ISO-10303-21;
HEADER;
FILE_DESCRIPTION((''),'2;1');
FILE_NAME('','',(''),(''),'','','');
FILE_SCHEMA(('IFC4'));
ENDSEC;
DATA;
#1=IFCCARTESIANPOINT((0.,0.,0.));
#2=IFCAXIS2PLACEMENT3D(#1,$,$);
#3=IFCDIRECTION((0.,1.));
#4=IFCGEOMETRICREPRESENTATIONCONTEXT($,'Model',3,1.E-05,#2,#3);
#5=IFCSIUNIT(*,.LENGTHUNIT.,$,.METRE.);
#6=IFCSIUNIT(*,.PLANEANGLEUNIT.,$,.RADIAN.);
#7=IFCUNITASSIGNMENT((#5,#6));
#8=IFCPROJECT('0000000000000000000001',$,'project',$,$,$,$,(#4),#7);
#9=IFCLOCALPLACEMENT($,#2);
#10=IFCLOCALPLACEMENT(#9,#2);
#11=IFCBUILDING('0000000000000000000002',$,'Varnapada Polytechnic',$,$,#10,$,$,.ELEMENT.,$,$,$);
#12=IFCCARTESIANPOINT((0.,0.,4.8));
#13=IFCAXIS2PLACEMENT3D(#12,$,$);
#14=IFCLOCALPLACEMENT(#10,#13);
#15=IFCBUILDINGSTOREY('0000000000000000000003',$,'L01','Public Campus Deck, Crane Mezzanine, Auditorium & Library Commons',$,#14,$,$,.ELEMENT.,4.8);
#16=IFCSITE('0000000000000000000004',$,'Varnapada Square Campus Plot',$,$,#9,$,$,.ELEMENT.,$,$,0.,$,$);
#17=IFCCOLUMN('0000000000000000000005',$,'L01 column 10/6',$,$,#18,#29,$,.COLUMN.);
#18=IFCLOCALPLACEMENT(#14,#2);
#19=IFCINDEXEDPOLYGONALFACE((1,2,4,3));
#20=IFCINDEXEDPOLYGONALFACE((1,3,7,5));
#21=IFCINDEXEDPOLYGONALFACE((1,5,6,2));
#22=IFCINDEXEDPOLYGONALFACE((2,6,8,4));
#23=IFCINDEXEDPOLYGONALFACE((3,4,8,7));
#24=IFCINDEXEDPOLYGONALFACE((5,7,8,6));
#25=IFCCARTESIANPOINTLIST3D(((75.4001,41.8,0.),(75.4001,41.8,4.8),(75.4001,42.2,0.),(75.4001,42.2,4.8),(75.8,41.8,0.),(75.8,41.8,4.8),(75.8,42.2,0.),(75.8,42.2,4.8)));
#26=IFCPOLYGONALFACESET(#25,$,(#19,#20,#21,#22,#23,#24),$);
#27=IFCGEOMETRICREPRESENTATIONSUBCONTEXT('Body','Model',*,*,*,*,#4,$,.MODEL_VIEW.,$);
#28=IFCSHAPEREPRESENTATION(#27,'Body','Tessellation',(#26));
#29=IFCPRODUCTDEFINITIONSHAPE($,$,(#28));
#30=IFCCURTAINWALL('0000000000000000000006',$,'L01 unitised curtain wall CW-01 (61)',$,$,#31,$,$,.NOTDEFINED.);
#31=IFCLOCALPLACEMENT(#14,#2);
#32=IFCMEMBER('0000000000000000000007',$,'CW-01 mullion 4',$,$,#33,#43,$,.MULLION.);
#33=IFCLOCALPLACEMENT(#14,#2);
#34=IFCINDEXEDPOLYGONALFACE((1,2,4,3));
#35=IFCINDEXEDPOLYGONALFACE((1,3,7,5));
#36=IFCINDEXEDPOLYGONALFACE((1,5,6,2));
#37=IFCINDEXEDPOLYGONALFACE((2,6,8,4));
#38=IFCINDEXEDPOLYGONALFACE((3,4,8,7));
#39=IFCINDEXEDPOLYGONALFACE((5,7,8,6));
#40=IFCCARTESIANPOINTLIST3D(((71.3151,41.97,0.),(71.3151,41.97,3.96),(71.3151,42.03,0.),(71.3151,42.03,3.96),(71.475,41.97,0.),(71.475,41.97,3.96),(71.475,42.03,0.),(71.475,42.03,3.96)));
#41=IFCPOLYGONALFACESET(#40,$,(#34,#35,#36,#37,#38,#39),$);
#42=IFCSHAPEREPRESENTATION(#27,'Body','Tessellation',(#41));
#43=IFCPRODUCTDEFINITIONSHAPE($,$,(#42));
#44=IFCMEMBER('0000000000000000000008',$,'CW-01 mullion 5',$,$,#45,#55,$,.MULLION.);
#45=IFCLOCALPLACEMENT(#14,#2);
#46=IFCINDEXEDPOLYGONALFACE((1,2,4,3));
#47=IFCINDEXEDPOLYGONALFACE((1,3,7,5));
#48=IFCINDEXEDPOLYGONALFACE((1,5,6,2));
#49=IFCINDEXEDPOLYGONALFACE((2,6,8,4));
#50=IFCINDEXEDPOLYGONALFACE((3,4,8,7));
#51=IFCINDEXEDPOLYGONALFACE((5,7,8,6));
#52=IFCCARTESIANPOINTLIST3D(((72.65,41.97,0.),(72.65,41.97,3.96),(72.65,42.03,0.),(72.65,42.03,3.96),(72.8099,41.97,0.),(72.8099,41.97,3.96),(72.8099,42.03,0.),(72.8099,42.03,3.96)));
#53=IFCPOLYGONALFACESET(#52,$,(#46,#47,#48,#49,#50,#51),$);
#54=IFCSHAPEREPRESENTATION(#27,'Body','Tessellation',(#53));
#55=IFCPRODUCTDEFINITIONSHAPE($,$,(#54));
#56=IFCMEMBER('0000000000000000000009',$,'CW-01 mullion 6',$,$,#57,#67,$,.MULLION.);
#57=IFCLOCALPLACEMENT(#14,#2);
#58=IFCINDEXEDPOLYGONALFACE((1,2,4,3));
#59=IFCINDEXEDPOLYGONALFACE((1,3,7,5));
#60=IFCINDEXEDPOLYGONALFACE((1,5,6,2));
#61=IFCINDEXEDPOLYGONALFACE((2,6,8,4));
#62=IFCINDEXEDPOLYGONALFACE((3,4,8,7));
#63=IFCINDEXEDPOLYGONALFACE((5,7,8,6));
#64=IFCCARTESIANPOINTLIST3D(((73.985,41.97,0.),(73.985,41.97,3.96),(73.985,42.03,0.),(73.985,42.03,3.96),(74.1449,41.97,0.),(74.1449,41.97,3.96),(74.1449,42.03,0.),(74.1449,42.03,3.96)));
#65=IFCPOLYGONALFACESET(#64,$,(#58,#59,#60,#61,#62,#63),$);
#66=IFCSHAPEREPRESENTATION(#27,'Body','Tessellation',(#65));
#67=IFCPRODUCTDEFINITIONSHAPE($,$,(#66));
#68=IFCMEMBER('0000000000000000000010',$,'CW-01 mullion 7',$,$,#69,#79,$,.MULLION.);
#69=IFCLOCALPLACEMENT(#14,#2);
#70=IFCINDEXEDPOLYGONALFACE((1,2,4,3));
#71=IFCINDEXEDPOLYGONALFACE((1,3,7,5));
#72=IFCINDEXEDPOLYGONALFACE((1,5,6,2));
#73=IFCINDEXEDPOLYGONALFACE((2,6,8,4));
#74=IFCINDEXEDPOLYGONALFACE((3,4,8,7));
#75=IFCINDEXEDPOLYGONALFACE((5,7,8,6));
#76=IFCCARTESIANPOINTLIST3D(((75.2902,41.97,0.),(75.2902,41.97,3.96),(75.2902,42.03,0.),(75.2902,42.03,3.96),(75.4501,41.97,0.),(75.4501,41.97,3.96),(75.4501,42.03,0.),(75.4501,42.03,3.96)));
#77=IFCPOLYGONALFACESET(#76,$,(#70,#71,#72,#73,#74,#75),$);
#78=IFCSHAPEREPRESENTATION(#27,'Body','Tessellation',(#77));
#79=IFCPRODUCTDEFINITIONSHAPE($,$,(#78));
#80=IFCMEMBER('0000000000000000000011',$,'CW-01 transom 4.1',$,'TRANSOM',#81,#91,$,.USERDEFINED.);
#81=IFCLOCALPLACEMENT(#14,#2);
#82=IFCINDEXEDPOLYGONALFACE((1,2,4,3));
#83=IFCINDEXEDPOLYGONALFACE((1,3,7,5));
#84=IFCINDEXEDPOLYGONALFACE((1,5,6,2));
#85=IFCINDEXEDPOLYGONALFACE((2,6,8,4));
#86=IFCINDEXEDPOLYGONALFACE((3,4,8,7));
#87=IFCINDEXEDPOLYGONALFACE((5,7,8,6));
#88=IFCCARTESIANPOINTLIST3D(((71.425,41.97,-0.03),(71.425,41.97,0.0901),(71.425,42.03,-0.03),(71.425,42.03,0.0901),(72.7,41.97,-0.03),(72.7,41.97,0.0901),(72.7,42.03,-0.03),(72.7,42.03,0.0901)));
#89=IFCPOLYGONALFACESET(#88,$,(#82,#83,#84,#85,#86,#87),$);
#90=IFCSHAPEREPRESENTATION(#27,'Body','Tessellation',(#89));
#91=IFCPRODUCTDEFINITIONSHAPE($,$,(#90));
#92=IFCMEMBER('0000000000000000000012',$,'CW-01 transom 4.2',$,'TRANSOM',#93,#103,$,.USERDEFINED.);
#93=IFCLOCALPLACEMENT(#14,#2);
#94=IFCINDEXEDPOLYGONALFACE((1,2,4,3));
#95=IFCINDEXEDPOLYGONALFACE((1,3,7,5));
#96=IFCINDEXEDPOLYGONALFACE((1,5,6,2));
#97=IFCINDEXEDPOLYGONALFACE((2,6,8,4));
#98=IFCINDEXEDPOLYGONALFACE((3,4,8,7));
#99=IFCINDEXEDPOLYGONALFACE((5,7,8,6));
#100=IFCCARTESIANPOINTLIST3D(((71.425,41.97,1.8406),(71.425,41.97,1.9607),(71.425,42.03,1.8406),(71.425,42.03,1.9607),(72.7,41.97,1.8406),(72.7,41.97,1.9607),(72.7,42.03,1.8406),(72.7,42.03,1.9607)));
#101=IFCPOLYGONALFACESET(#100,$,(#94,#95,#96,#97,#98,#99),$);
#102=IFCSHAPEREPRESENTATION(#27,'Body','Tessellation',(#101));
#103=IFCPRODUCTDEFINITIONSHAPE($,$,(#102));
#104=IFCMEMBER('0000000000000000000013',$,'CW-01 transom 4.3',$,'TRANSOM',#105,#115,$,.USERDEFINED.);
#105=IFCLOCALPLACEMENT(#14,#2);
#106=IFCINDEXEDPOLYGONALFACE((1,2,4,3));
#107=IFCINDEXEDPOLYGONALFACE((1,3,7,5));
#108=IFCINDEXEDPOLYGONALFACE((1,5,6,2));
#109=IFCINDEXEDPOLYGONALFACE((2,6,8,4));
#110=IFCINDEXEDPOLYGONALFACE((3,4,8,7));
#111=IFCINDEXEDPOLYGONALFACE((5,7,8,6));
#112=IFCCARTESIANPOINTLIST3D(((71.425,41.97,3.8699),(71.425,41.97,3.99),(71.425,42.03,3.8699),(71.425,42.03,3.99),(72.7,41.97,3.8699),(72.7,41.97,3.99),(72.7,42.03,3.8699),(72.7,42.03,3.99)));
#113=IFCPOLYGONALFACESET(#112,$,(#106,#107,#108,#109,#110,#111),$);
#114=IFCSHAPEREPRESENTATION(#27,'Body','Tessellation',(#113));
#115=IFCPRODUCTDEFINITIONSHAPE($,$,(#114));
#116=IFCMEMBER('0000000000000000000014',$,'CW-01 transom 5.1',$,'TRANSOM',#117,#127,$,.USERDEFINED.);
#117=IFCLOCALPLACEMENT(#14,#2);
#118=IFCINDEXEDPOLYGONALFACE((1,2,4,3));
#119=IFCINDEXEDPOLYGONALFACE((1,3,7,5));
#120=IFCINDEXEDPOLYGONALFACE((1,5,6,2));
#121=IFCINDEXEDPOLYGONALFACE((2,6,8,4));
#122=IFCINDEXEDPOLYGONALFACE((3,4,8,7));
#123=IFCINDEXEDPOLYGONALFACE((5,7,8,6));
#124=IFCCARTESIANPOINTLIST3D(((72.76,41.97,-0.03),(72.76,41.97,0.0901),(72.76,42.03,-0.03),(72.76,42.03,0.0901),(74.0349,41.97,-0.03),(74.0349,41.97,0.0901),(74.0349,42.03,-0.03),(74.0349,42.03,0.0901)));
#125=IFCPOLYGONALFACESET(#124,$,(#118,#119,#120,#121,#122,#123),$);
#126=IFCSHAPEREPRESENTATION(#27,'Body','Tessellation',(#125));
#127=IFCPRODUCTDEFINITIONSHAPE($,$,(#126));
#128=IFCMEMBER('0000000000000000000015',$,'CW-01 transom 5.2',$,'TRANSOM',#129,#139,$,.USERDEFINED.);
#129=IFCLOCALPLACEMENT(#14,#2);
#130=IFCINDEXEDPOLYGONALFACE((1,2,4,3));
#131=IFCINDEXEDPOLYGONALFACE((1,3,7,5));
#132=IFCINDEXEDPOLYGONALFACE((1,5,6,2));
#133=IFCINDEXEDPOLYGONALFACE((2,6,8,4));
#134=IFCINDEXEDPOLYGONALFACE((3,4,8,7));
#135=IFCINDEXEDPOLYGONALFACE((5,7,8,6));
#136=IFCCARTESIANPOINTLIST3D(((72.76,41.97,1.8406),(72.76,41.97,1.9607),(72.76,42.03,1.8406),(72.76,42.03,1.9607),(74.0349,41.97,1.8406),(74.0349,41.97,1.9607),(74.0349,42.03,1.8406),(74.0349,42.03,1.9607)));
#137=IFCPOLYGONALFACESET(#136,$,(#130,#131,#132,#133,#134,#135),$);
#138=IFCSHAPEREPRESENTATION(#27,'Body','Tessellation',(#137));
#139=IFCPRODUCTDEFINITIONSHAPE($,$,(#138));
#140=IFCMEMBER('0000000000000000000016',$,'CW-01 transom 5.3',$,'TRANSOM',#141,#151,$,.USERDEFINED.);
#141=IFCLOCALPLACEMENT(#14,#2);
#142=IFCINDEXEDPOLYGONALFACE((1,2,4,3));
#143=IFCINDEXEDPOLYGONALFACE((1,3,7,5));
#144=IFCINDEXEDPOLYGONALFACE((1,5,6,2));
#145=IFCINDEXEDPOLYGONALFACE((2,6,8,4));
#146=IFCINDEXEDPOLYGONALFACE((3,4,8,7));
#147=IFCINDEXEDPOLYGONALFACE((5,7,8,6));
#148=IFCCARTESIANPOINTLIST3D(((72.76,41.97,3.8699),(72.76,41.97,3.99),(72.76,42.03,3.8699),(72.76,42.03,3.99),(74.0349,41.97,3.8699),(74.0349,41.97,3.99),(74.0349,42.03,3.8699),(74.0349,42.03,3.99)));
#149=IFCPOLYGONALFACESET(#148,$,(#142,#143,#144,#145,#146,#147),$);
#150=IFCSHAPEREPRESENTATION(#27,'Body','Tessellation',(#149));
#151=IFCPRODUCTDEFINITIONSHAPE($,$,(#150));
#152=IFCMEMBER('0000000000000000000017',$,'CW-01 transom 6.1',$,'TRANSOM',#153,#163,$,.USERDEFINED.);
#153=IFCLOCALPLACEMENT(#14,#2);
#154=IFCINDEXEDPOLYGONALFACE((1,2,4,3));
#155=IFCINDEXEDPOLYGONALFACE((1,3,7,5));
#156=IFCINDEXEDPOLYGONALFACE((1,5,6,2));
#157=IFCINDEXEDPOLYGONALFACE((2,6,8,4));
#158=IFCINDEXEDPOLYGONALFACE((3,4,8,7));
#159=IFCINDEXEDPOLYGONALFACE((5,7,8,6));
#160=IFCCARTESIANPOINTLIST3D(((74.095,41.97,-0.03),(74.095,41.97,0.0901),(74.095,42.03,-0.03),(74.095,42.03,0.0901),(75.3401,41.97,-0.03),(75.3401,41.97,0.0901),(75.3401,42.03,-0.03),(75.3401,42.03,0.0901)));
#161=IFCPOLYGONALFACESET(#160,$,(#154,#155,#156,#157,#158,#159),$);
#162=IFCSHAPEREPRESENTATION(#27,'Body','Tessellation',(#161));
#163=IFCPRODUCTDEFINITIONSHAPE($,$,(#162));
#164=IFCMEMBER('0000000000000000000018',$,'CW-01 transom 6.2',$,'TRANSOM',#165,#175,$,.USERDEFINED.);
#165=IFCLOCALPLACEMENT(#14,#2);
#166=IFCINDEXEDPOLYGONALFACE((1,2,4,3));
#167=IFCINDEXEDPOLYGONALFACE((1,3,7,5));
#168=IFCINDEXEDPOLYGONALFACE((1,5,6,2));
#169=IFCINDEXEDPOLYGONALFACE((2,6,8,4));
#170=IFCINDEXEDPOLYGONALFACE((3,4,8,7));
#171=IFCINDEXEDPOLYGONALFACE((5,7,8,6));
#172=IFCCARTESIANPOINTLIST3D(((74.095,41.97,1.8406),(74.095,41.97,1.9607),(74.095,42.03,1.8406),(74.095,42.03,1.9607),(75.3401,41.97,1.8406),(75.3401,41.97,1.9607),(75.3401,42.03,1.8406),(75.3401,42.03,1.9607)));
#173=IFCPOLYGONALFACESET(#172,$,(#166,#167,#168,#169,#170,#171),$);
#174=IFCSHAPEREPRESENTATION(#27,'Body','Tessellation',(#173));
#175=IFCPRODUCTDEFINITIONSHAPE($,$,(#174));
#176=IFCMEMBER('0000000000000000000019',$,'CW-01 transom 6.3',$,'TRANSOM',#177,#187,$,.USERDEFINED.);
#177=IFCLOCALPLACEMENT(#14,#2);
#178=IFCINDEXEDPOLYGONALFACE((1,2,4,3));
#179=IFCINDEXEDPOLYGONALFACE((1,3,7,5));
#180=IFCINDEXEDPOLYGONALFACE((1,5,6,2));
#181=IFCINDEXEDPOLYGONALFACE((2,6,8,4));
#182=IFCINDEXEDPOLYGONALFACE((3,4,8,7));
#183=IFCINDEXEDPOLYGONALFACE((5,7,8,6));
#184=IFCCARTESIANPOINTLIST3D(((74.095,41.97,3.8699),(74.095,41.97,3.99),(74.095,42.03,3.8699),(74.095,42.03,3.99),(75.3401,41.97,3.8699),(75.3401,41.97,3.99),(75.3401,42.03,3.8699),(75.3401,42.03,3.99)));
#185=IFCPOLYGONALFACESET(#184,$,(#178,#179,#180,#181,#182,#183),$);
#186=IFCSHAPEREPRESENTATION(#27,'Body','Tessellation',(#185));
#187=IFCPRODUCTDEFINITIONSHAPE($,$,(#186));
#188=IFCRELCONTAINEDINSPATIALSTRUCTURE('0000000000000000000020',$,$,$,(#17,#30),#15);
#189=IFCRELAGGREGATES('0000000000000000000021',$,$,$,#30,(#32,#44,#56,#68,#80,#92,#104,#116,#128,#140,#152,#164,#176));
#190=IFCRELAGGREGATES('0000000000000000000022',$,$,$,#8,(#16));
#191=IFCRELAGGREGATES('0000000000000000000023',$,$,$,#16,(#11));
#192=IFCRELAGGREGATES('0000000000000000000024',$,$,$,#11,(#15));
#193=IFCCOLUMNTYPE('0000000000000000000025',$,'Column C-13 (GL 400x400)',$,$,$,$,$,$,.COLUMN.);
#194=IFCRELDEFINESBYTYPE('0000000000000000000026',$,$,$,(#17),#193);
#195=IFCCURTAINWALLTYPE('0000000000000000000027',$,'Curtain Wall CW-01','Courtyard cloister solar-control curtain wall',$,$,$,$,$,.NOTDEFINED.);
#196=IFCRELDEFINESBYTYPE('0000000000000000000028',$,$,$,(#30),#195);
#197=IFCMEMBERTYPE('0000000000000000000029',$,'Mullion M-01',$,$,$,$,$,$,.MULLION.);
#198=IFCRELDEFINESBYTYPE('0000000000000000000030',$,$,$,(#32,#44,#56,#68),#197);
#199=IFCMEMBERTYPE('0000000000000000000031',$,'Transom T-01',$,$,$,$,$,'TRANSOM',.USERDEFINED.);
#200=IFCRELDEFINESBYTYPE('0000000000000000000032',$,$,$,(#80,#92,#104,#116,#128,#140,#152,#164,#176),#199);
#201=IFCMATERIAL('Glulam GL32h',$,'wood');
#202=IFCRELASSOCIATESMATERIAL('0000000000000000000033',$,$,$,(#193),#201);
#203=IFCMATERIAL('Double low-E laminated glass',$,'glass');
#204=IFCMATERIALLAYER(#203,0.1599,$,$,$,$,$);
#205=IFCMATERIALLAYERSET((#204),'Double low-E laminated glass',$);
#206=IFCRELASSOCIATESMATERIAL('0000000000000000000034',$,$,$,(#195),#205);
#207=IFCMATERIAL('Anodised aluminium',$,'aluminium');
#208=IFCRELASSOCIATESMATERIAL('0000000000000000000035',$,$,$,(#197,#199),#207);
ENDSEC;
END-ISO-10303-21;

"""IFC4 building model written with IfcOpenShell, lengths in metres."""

from ifc_helpers import new_model, si_unit, direction, frame, origin, origin_2d, place, context, subcontext, project, spatial, rectangle, extrude, material, layer, layer_set, material_profile, profile_set, type_object, element, aggregate, save


model = new_model("IFC4")

# Units and contexts
model_context = context("Model", 3, precision=1e-05, world=origin(), true_north=direction((0.0, 1.0)))
body_context = subcontext(model_context, "Body", "Model", "MODEL_VIEW")
ifc_project = project(units=[si_unit("LENGTHUNIT", "METRE"), si_unit("PLANEANGLEUNIT", "RADIAN")], contexts=[model_context])

# Site, building, storey
site_placement = place(None, origin())
site = spatial("IfcSite", under=ifc_project, at=site_placement, Name="Varnapada Square Campus Plot", CompositionType="ELEMENT", RefElevation=0.0)
building_placement = place(site_placement, origin())
building = spatial("IfcBuilding", under=site, at=building_placement, Name="Varnapada Polytechnic", CompositionType="ELEMENT")
storey_placement = place(building_placement, frame((0.0, 0.0, 4.8)))
storey = spatial("IfcBuildingStorey", under=building, at=storey_placement, Name="L01", Description="Public Campus Deck, Crane Mezzanine, Auditorium & Library Commons", CompositionType="ELEMENT", Elevation=4.8)

# Column
ifc_material_1 = material(Name="Glulam GL32h", Category="wood")
ifc_material_profile_1 = material_profile(ifc_material_1, rectangle(XDim=0.3999, YDim=0.3999, at=origin_2d()), Name="GL 400x400")
ifc_profile_set_1 = profile_set([ifc_material_profile_1], Name="Glulam GL32h")
column_type = type_object("IfcColumnType", Name="Column C-13 (GL 400x400)", PredefinedType="COLUMN", material=ifc_profile_set_1)
column_placement = place(storey_placement, frame((75.6001, 42.0, 0.0), z_axis=(0.0, 0.0, 1.0), x_axis=(1.0, 0.0, 0.0)))
element("IfcColumn", 1, at=column_placement, inside=storey, type_object=column_type, Name="L01 column 10/6", PredefinedType="COLUMN", context=body_context, shape_type="SweptSolid", body=[
    extrude(rectangle(XDim=0.3999, YDim=0.3999, at=origin_2d()), origin(), (0.0, 0.0, 1.0), 4.8),
])

# Curtain wall, members
ifc_material_2 = material(Name="Double low-E laminated glass", Category="glass")
ifc_layer_1 = layer(ifc_material_2, 0.1599)
ifc_layer_set_1 = layer_set([ifc_layer_1], Name="Double low-E laminated glass")
curtain_wall_type = type_object("IfcCurtainWallType", Name="Curtain Wall CW-01", Description="Courtyard cloister solar-control curtain wall", PredefinedType="NOTDEFINED", material=ifc_layer_set_1)
curtain_wall_placement = place(storey_placement, origin())
curtain_wall = element("IfcCurtainWall", 2, at=curtain_wall_placement, inside=storey, type_object=curtain_wall_type, Name="L01 unitised curtain wall CW-01 (61)", PredefinedType="NOTDEFINED")
ifc_material_3 = material(Name="Anodised aluminium", Category="aluminium")
ifc_material_profile_2 = material_profile(ifc_material_3, rectangle(XDim=0.0601, YDim=0.1599, at=origin_2d()), Name="ALU M60x160")
ifc_profile_set_2 = profile_set([ifc_material_profile_2], Name="Anodised aluminium")
member_type_1 = type_object("IfcMemberType", Name="Mullion M-01", PredefinedType="MULLION", material=ifc_profile_set_2)
member_1_placement = place(storey_placement, frame((71.395, 42.0, 0.0), z_axis=(0.0, 0.0, 1.0), x_axis=(0.0, 1.0, 0.0)))
member_1 = element("IfcMember", 3, at=member_1_placement, type_object=member_type_1, Name="CW-01 mullion 4", PredefinedType="MULLION", context=body_context, shape_type="SweptSolid", body=[
    extrude(rectangle(XDim=0.0601, YDim=0.1599, at=origin_2d()), origin(), (0.0, 0.0, 1.0), 3.96),
])
member_2_placement = place(storey_placement, frame((72.73, 42.0, 0.0), z_axis=(0.0, 0.0, 1.0), x_axis=(0.0, 1.0, 0.0)))
member_2 = element("IfcMember", 4, at=member_2_placement, type_object=member_type_1, Name="CW-01 mullion 5", PredefinedType="MULLION", context=body_context, shape_type="SweptSolid", body=[
    extrude(rectangle(XDim=0.0601, YDim=0.1599, at=origin_2d()), origin(), (0.0, 0.0, 1.0), 3.96),
])
member_3_placement = place(storey_placement, frame((74.0649, 42.0, 0.0), z_axis=(0.0, 0.0, 1.0), x_axis=(0.0, 1.0, 0.0)))
member_3 = element("IfcMember", 5, at=member_3_placement, type_object=member_type_1, Name="CW-01 mullion 6", PredefinedType="MULLION", context=body_context, shape_type="SweptSolid", body=[
    extrude(rectangle(XDim=0.0601, YDim=0.1599, at=origin_2d()), origin(), (0.0, 0.0, 1.0), 3.96),
])
member_4_placement = place(storey_placement, frame((75.3701, 42.0, 0.0), z_axis=(0.0, 0.0, 1.0), x_axis=(0.0, 1.0, 0.0)))
member_4 = element("IfcMember", 6, at=member_4_placement, type_object=member_type_1, Name="CW-01 mullion 7", PredefinedType="MULLION", context=body_context, shape_type="SweptSolid", body=[
    extrude(rectangle(XDim=0.0601, YDim=0.1599, at=origin_2d()), origin(), (0.0, 0.0, 1.0), 3.96),
])
ifc_material_profile_3 = material_profile(ifc_material_3, rectangle(XDim=0.0601, YDim=0.1201, at=origin_2d()), Name="ALU T60x120")
ifc_profile_set_3 = profile_set([ifc_material_profile_3], Name="Anodised aluminium")
member_type_2 = type_object("IfcMemberType", Name="Transom T-01", ElementType="TRANSOM", PredefinedType="USERDEFINED", material=ifc_profile_set_3)
member_5_placement = place(storey_placement, frame((71.425, 42.0, 0.03), z_axis=(1.0, 0.0, 0.0), x_axis=(0.0, 1.0, 0.0)))
member_5 = element("IfcMember", 7, at=member_5_placement, type_object=member_type_2, Name="CW-01 transom 4.1", ObjectType="TRANSOM", PredefinedType="USERDEFINED", context=body_context, shape_type="SweptSolid", body=[
    extrude(rectangle(XDim=0.0601, YDim=0.1201, at=origin_2d()), origin(), (0.0, 0.0, 1.0), 1.2749),
])
member_6_placement = place(storey_placement, frame((71.425, 42.0, 1.9006), z_axis=(1.0, 0.0, 0.0), x_axis=(0.0, 1.0, 0.0)))
member_6 = element("IfcMember", 8, at=member_6_placement, type_object=member_type_2, Name="CW-01 transom 4.2", ObjectType="TRANSOM", PredefinedType="USERDEFINED", context=body_context, shape_type="SweptSolid", body=[
    extrude(rectangle(XDim=0.0601, YDim=0.1201, at=origin_2d()), origin(), (0.0, 0.0, 1.0), 1.2749),
])
member_7_placement = place(storey_placement, frame((71.425, 42.0, 3.9299), z_axis=(1.0, 0.0, 0.0), x_axis=(0.0, 1.0, 0.0)))
member_7 = element("IfcMember", 9, at=member_7_placement, type_object=member_type_2, Name="CW-01 transom 4.3", ObjectType="TRANSOM", PredefinedType="USERDEFINED", context=body_context, shape_type="SweptSolid", body=[
    extrude(rectangle(XDim=0.0601, YDim=0.1201, at=origin_2d()), origin(), (0.0, 0.0, 1.0), 1.2749),
])
member_8_placement = place(storey_placement, frame((72.76, 42.0, 0.03), z_axis=(1.0, 0.0, 0.0), x_axis=(0.0, 1.0, 0.0)))
member_8 = element("IfcMember", 10, at=member_8_placement, type_object=member_type_2, Name="CW-01 transom 5.1", ObjectType="TRANSOM", PredefinedType="USERDEFINED", context=body_context, shape_type="SweptSolid", body=[
    extrude(rectangle(XDim=0.0601, YDim=0.1201, at=origin_2d()), origin(), (0.0, 0.0, 1.0), 1.2749),
])
member_9_placement = place(storey_placement, frame((72.76, 42.0, 1.9006), z_axis=(1.0, 0.0, 0.0), x_axis=(0.0, 1.0, 0.0)))
member_9 = element("IfcMember", 11, at=member_9_placement, type_object=member_type_2, Name="CW-01 transom 5.2", ObjectType="TRANSOM", PredefinedType="USERDEFINED", context=body_context, shape_type="SweptSolid", body=[
    extrude(rectangle(XDim=0.0601, YDim=0.1201, at=origin_2d()), origin(), (0.0, 0.0, 1.0), 1.2749),
])
member_10_placement = place(storey_placement, frame((72.76, 42.0, 3.9299), z_axis=(1.0, 0.0, 0.0), x_axis=(0.0, 1.0, 0.0)))
member_10 = element("IfcMember", 12, at=member_10_placement, type_object=member_type_2, Name="CW-01 transom 5.3", ObjectType="TRANSOM", PredefinedType="USERDEFINED", context=body_context, shape_type="SweptSolid", body=[
    extrude(rectangle(XDim=0.0601, YDim=0.1201, at=origin_2d()), origin(), (0.0, 0.0, 1.0), 1.2749),
])
member_11_placement = place(storey_placement, frame((74.095, 42.0, 0.03), z_axis=(1.0, 0.0, 0.0), x_axis=(0.0, 1.0, 0.0)))
member_11 = element("IfcMember", 13, at=member_11_placement, type_object=member_type_2, Name="CW-01 transom 6.1", ObjectType="TRANSOM", PredefinedType="USERDEFINED", context=body_context, shape_type="SweptSolid", body=[
    extrude(rectangle(XDim=0.0601, YDim=0.1201, at=origin_2d()), origin(), (0.0, 0.0, 1.0), 1.2451),
])
member_12_placement = place(storey_placement, frame((74.095, 42.0, 1.9006), z_axis=(1.0, 0.0, 0.0), x_axis=(0.0, 1.0, 0.0)))
member_12 = element("IfcMember", 14, at=member_12_placement, type_object=member_type_2, Name="CW-01 transom 6.2", ObjectType="TRANSOM", PredefinedType="USERDEFINED", context=body_context, shape_type="SweptSolid", body=[
    extrude(rectangle(XDim=0.0601, YDim=0.1201, at=origin_2d()), origin(), (0.0, 0.0, 1.0), 1.2451),
])
member_13_placement = place(storey_placement, frame((74.095, 42.0, 3.9299), z_axis=(1.0, 0.0, 0.0), x_axis=(0.0, 1.0, 0.0)))
member_13 = element("IfcMember", 15, at=member_13_placement, type_object=member_type_2, Name="CW-01 transom 6.3", ObjectType="TRANSOM", PredefinedType="USERDEFINED", context=body_context, shape_type="SweptSolid", body=[
    extrude(rectangle(XDim=0.0601, YDim=0.1201, at=origin_2d()), origin(), (0.0, 0.0, 1.0), 1.2451),
])
aggregate(curtain_wall, [member_1, member_2, member_3, member_4, member_5, member_6, member_7, member_8, member_9, member_10, member_11, member_12, member_13])

save(model, "model.ifc")
